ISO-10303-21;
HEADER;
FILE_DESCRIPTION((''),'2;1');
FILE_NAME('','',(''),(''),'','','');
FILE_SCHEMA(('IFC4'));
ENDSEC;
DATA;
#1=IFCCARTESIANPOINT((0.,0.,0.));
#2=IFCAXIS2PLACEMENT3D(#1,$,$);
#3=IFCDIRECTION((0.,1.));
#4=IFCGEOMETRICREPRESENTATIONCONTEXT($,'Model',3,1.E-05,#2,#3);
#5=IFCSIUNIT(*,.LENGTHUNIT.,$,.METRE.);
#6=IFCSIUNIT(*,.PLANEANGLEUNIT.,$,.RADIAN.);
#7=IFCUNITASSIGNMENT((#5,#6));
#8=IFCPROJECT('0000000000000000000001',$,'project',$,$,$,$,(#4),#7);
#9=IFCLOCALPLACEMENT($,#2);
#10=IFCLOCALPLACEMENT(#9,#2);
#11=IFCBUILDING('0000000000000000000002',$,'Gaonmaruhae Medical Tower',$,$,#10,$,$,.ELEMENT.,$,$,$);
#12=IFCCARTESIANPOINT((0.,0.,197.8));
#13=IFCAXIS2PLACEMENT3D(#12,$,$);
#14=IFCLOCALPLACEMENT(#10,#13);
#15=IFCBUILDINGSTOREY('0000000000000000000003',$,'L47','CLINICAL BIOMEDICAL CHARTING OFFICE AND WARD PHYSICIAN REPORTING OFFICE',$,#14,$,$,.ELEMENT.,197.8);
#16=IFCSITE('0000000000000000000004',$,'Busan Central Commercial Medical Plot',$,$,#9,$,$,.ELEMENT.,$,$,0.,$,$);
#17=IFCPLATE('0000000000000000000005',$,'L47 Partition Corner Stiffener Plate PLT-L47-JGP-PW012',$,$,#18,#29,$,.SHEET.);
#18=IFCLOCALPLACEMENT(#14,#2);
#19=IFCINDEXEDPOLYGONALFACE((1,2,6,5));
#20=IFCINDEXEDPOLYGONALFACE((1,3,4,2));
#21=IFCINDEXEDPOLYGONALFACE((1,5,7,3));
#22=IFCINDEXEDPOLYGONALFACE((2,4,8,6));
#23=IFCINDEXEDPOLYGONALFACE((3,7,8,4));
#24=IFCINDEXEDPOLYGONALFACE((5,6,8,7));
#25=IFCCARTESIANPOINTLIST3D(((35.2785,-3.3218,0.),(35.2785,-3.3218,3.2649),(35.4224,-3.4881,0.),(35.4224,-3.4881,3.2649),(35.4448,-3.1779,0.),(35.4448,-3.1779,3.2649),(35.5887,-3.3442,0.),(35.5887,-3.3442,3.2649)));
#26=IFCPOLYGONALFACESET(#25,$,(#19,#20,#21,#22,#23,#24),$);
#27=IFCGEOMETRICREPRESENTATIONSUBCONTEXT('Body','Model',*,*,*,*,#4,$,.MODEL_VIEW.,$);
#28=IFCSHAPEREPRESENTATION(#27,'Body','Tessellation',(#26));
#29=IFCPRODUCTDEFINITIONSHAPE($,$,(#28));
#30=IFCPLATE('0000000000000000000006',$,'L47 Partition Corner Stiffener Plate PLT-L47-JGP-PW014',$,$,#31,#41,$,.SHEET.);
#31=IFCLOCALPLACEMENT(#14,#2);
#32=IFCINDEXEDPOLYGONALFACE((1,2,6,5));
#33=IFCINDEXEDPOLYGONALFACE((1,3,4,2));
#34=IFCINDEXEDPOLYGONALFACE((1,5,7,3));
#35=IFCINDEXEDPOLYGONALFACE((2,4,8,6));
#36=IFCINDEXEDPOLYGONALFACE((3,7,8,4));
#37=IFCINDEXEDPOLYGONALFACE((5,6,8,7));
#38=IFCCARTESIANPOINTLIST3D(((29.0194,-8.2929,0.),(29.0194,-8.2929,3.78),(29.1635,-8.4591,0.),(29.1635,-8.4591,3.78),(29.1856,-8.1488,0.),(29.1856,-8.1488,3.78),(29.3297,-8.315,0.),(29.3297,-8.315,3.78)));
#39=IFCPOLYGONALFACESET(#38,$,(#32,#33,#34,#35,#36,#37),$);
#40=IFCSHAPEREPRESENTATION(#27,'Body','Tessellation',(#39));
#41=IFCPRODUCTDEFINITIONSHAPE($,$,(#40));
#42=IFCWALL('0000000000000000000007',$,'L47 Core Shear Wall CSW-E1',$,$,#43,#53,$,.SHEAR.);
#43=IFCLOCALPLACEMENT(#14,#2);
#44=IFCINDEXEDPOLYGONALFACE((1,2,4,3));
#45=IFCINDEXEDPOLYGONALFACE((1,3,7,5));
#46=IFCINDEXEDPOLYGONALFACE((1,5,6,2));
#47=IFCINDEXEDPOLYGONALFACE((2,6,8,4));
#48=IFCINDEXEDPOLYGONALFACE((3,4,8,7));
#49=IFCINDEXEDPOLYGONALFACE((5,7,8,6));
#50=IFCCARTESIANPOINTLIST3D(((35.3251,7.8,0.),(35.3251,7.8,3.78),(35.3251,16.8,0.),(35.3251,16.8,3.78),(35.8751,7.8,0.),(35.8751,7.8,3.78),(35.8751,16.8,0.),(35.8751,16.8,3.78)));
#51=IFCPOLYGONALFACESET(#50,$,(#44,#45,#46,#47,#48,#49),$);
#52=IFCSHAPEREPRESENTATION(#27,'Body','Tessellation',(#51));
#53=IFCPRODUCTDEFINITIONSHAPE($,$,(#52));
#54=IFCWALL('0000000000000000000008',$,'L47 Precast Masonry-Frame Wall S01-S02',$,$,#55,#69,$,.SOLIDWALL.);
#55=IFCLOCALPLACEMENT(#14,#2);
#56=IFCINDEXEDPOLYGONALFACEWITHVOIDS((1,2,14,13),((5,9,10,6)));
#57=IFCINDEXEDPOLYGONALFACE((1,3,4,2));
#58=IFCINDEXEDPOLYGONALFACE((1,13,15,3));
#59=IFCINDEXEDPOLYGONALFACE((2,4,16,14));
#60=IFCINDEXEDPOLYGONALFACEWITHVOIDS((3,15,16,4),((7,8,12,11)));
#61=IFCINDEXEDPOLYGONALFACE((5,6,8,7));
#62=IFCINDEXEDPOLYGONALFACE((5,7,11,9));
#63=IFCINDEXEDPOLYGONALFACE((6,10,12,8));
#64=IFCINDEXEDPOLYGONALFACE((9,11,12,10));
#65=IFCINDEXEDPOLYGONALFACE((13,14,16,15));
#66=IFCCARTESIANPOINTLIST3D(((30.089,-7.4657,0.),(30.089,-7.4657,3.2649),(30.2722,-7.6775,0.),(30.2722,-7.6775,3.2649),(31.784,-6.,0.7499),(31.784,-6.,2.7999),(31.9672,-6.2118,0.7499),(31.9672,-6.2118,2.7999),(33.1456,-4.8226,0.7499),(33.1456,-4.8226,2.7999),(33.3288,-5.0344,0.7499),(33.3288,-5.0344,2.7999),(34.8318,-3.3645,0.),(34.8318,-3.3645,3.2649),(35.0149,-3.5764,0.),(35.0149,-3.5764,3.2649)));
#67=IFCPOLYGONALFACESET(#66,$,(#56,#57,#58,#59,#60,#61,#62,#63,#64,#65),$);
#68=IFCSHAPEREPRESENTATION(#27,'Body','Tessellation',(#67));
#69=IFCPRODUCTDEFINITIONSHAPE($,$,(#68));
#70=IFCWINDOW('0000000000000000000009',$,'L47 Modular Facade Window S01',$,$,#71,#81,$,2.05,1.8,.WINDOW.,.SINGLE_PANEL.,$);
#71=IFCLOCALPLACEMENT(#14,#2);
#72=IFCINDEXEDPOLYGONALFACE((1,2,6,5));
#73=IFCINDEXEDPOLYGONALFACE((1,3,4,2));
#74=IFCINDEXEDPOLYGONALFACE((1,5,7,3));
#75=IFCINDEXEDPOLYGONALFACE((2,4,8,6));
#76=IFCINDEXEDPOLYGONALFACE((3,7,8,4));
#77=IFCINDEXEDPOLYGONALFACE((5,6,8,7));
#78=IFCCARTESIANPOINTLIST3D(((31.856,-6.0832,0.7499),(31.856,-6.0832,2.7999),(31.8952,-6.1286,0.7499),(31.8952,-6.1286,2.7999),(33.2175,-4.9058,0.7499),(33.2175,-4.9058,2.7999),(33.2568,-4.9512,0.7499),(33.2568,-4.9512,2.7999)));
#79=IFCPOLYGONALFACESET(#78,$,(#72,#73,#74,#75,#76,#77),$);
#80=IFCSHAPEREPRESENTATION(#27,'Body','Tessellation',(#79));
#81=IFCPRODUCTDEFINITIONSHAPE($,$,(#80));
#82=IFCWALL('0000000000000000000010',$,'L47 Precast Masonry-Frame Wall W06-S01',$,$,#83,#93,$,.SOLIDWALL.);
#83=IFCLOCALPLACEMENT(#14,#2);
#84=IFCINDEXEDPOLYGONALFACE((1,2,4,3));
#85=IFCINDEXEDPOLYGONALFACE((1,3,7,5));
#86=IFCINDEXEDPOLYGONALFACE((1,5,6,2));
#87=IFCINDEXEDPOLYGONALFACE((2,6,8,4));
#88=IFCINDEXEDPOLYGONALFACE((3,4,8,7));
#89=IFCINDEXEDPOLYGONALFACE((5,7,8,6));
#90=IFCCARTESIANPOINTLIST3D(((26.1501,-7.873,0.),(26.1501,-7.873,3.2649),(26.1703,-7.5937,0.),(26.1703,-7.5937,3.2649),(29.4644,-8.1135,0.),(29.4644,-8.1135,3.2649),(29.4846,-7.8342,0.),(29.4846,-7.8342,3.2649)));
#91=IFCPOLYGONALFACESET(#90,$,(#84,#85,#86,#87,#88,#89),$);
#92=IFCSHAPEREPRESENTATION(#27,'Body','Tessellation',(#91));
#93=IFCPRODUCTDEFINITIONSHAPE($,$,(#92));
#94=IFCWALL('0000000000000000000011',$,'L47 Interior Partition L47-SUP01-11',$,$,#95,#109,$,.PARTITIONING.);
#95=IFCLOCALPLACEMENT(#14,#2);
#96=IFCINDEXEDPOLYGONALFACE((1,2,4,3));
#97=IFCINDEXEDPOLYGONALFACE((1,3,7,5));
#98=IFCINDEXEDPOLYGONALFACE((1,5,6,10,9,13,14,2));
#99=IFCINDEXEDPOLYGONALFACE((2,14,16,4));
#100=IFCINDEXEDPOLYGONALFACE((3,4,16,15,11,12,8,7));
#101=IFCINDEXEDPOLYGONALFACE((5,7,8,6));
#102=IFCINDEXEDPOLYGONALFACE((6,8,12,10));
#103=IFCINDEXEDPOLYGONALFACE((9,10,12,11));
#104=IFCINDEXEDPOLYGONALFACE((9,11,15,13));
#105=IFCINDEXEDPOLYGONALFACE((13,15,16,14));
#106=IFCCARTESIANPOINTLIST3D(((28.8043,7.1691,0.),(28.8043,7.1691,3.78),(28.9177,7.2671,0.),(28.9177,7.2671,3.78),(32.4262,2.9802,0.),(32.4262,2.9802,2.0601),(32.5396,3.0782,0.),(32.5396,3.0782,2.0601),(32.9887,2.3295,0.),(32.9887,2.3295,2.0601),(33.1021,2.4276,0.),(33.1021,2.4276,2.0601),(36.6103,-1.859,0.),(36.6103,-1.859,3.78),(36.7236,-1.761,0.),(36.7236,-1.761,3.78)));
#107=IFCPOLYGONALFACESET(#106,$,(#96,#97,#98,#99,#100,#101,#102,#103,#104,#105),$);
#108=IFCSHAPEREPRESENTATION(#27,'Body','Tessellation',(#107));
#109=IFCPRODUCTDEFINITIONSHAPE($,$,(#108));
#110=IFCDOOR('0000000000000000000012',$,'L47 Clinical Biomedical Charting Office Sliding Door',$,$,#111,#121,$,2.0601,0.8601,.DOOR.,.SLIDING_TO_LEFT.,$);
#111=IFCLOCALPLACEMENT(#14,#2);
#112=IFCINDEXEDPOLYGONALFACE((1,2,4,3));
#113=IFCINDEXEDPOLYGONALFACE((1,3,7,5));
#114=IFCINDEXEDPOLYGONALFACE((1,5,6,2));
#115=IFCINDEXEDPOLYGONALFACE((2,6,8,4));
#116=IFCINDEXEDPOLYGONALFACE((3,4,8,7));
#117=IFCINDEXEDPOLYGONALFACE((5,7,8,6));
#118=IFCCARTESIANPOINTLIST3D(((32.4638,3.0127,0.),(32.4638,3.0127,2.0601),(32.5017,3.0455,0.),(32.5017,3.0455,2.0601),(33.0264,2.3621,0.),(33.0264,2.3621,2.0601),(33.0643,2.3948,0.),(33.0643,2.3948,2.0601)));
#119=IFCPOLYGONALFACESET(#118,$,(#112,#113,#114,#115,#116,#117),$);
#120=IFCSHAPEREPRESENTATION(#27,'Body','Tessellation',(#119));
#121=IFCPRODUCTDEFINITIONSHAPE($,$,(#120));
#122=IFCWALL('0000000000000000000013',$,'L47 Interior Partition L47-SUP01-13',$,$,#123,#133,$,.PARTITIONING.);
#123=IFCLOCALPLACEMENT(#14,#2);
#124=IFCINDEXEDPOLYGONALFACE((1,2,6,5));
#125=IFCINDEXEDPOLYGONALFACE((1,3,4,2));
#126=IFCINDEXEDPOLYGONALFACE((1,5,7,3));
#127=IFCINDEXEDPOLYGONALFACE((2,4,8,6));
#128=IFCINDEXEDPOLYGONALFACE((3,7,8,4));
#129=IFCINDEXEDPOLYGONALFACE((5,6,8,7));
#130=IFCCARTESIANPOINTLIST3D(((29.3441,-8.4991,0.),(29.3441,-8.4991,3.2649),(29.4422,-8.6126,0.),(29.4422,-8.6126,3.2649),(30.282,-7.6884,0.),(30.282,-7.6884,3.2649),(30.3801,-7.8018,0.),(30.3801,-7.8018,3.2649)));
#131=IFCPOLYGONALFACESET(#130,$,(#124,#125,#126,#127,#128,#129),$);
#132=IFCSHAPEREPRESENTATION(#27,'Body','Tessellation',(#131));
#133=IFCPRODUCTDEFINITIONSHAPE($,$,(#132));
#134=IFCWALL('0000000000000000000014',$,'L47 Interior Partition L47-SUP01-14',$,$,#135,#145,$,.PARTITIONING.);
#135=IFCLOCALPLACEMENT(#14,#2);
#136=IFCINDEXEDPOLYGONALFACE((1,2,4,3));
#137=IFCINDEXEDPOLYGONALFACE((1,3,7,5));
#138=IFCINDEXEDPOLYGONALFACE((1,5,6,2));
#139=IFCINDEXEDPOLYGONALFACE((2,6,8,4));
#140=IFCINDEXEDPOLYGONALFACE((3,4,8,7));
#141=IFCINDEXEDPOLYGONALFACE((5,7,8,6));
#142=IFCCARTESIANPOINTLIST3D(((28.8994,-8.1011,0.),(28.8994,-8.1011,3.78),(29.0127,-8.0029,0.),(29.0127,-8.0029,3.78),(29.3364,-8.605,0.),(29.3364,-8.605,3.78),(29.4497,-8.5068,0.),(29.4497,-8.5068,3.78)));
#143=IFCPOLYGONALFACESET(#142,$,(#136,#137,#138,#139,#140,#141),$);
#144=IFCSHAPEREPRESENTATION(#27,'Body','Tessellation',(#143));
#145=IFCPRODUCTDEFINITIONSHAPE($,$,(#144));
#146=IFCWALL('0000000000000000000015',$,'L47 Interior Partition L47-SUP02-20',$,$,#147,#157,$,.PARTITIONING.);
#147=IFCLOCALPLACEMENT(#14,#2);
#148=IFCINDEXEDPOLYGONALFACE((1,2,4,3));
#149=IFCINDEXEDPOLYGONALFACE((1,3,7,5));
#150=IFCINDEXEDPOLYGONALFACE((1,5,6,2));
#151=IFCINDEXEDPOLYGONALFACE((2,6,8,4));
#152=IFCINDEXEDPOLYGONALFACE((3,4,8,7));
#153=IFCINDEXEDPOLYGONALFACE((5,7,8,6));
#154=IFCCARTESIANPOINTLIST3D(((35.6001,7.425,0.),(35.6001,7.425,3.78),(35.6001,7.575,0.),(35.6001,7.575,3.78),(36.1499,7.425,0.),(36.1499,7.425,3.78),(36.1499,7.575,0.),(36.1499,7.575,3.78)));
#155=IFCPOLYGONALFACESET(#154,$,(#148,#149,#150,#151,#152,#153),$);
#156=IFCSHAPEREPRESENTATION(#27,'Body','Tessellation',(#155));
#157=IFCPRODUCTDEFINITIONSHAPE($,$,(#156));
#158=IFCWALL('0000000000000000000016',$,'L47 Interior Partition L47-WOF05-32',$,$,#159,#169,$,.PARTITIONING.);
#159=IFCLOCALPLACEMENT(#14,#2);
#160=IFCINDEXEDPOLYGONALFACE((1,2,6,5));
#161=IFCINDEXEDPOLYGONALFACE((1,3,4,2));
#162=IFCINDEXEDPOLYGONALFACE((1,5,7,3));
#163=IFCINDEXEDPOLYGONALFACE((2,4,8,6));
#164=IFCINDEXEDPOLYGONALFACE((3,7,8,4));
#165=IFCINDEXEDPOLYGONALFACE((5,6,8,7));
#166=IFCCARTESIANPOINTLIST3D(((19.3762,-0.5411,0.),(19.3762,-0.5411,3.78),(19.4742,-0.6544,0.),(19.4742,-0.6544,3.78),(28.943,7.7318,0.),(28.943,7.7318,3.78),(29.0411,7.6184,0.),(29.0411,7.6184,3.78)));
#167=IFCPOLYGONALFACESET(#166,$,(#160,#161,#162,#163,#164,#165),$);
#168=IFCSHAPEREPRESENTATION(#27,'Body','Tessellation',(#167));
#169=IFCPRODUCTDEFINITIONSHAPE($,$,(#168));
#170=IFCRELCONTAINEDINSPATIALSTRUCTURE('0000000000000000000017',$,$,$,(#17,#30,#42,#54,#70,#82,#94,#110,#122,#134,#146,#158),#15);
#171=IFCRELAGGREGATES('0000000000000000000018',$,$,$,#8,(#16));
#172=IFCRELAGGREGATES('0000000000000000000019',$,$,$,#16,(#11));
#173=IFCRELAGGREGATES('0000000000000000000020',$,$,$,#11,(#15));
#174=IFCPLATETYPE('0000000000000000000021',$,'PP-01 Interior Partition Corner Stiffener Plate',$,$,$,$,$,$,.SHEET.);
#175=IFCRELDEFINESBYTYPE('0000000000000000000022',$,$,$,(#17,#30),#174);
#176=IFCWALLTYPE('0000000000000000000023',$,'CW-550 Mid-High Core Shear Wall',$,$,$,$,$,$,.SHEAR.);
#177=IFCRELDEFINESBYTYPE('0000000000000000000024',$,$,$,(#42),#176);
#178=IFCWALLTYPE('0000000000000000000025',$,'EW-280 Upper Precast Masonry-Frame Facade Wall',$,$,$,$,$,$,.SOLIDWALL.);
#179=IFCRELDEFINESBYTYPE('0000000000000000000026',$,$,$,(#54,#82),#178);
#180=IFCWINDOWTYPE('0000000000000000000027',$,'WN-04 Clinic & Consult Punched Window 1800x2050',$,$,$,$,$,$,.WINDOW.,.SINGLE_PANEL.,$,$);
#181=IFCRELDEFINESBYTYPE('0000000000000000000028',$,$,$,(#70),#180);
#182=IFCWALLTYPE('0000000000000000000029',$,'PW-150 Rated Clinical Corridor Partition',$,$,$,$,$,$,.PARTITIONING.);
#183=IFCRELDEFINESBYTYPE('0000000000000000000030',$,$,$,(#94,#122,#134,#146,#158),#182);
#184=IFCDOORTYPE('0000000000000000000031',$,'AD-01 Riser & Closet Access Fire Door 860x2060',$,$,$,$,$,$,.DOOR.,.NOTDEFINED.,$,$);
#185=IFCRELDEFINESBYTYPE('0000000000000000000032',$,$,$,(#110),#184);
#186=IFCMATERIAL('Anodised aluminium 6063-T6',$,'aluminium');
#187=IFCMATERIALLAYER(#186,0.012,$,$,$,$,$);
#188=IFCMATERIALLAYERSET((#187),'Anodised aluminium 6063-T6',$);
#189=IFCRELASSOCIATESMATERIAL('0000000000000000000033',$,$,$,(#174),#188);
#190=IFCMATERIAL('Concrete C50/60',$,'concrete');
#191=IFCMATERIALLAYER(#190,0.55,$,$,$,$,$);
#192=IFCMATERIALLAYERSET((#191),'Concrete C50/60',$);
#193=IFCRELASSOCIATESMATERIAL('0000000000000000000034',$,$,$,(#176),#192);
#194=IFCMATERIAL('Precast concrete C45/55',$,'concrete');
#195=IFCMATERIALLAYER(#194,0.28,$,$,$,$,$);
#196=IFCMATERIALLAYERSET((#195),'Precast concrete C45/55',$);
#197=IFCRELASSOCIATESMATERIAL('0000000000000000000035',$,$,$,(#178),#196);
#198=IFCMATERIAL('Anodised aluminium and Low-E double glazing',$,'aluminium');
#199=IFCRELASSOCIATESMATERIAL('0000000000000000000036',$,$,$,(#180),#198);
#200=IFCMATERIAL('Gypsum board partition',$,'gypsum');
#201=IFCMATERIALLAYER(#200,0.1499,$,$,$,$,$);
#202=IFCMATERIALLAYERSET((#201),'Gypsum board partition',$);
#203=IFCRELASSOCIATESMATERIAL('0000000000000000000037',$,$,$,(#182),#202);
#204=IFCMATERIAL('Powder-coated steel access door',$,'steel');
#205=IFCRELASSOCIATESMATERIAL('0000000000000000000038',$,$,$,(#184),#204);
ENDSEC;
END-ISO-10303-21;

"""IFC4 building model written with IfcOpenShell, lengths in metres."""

from ifc_helpers import new_model, si_unit, direction, frame, frame_2d, origin, origin_2d, place, context, subcontext, project, spatial, rectangle, extrude, material, layer, layer_set, type_object, element, fill, save


model = new_model("IFC4")

# Units and contexts
model_context = context("Model", 3, precision=1e-05, world=origin(), true_north=direction((0.0, 1.0)))
body_context = subcontext(model_context, "Body", "Model", "MODEL_VIEW")
ifc_project = project(units=[si_unit("LENGTHUNIT", "METRE"), si_unit("PLANEANGLEUNIT", "RADIAN")], contexts=[model_context])

# Site, building, storey
site_placement = place(None, origin())
site = spatial("IfcSite", under=ifc_project, at=site_placement, Name="Busan Central Commercial Medical Plot", CompositionType="ELEMENT", RefElevation=0.0)
building_placement = place(site_placement, origin())
building = spatial("IfcBuilding", under=site, at=building_placement, Name="Gaonmaruhae Medical Tower", CompositionType="ELEMENT")
storey_placement = place(building_placement, frame((0.0, 0.0, 197.8)))
storey = spatial("IfcBuildingStorey", under=building, at=storey_placement, Name="L47", Description="CLINICAL BIOMEDICAL CHARTING OFFICE AND WARD PHYSICIAN REPORTING OFFICE", CompositionType="ELEMENT", Elevation=197.8)

# Shared definitions
ifc_material_1 = material(Name="Concrete C50/60", Category="concrete")

# Plates
ifc_material_2 = material(Name="Anodised aluminium 6063-T6", Category="aluminium")
ifc_layer_1 = layer(ifc_material_2, 0.012)
ifc_layer_set_1 = layer_set([ifc_layer_1], Name="Anodised aluminium 6063-T6")
plate_type = type_object("IfcPlateType", Name="PP-01 Interior Partition Corner Stiffener Plate", PredefinedType="SHEET", material=ifc_layer_set_1)
plate_1_placement = place(storey_placement, frame((35.4336, -3.333, 0.0), z_axis=(0.0, 0.0, 1.0), x_axis=(-0.756276, -0.654253, 0.0)))
element("IfcPlate", 1, at=plate_1_placement, inside=storey, type_object=plate_type, Name="L47 Partition Corner Stiffener Plate PLT-L47-JGP-PW012", PredefinedType="SHEET", context=body_context, shape_type="SweptSolid", body=[
    extrude(rectangle(XDim=0.22, YDim=0.22, at=origin_2d()), origin(), (0.0, 0.0, 1.0), 3.2649),
])
plate_2_placement = place(storey_placement, frame((29.1746, -8.304, 0.0), z_axis=(0.0, 0.0, 1.0), x_axis=(-0.655097, 0.755545, 0.0)))
element("IfcPlate", 2, at=plate_2_placement, inside=storey, type_object=plate_type, Name="L47 Partition Corner Stiffener Plate PLT-L47-JGP-PW014", PredefinedType="SHEET", context=body_context, shape_type="SweptSolid", body=[
    extrude(rectangle(XDim=0.22, YDim=0.22, at=origin_2d()), origin(), (0.0, 0.0, 1.0), 3.78),
])

# Wall
ifc_layer_2 = layer(ifc_material_1, 0.55)
ifc_layer_set_2 = layer_set([ifc_layer_2], Name="Concrete C50/60")
wall_type_1 = type_object("IfcWallType", Name="CW-550 Mid-High Core Shear Wall", PredefinedType="SHEAR", material=ifc_layer_set_2)
wall_1_placement = place(storey_placement, frame((35.6001, 7.8, 0.0), z_axis=(0.0, 0.0, 1.0), x_axis=(0.0, 1.0, 0.0)))
element("IfcWall", 3, at=wall_1_placement, inside=storey, type_object=wall_type_1, Name="L47 Core Shear Wall CSW-E1", PredefinedType="SHEAR", context=body_context, shape_type="SweptSolid", body=[
    extrude(rectangle(XDim=9.0, YDim=0.55, at=frame_2d((4.5, 0.0))), origin(), (0.0, 0.0, 1.0), 3.78),
])

# Wall, opening, window
ifc_material_3 = material(Name="Precast concrete C45/55", Category="concrete")
ifc_layer_3 = layer(ifc_material_3, 0.28)
ifc_layer_set_3 = layer_set([ifc_layer_3], Name="Precast concrete C45/55")
wall_type_2 = type_object("IfcWallType", Name="EW-280 Upper Precast Masonry-Frame Facade Wall", PredefinedType="SOLIDWALL", material=ifc_layer_set_3)
wall_2_placement = place(storey_placement, frame((34.9233, -3.4705, 0.0), z_axis=(0.0, 0.0, 1.0), x_axis=(-0.756418, -0.654088, 0.0)))
wall_2 = element("IfcWall", 4, at=wall_2_placement, inside=storey, type_object=wall_type_2, Name="L47 Precast Masonry-Frame Wall S01-S02", PredefinedType="SOLIDWALL", context=body_context, shape_type="SweptSolid", body=[
    extrude(rectangle(XDim=6.27, YDim=0.28, at=frame_2d((3.135, 0.0))), origin(), (0.0, 0.0, 1.0), 3.2649),
])
opening_1_placement = place(wall_2_placement, frame((2.2292, 0.0, 0.75)))
opening_1 = element("IfcOpeningElement", 5, at=opening_1_placement, cuts=wall_2, PredefinedType="OPENING", context=body_context, shape_type="SweptSolid", body=[
    extrude(rectangle(XDim=1.8, YDim=2.05, at=frame_2d((0.8999, 1.0249))), frame((0.0, 0.1499, 0.0), z_axis=(0.0, -1.0, 0.0), x_axis=(1.0, 0.0, 0.0)), (0.0, 0.0, 1.0), 0.3),
])
ifc_material_4 = material(Name="Anodised aluminium and Low-E double glazing", Category="aluminium")
window_type = type_object("IfcWindowType", Name="WN-04 Clinic & Consult Punched Window 1800x2050", PartitioningType="SINGLE_PANEL", PredefinedType="WINDOW", material=ifc_material_4)
window_placement = place(opening_1_placement, origin())
window = element("IfcWindow", 6, at=window_placement, inside=storey, type_object=window_type, Name="L47 Modular Facade Window S01", OverallHeight=2.05, OverallWidth=1.8, PartitioningType="SINGLE_PANEL", PredefinedType="WINDOW", context=body_context, shape_type="SweptSolid", body=[
    extrude(rectangle(XDim=1.8, YDim=2.05, at=frame_2d((0.8999, 1.0249))), frame((0.0, 0.03, 0.0), z_axis=(0.0, -1.0, 0.0), x_axis=(1.0, 0.0, 0.0)), (0.0, 0.0, 1.0), 0.0601),
])
fill(opening_1, window)

# Wall
wall_3_placement = place(storey_placement, frame((29.4746, -7.9739, 0.0), z_axis=(0.0, 0.0, 1.0), x_axis=(-0.997378, 0.07237, 0.0)))
element("IfcWall", 7, at=wall_3_placement, inside=storey, type_object=wall_type_2, Name="L47 Precast Masonry-Frame Wall W06-S01", PredefinedType="SOLIDWALL", context=body_context, shape_type="SweptSolid", body=[
    extrude(rectangle(XDim=3.323, YDim=0.28, at=frame_2d((1.6616, 0.0))), origin(), (0.0, 0.0, 1.0), 3.2649),
])

# Wall, opening, door
ifc_material_5 = material(Name="Gypsum board partition", Category="gypsum")
ifc_layer_4 = layer(ifc_material_5, 0.1499)
ifc_layer_set_4 = layer_set([ifc_layer_4], Name="Gypsum board partition")
wall_type_3 = type_object("IfcWallType", Name="PW-150 Rated Clinical Corridor Partition", PredefinedType="PARTITIONING", material=ifc_layer_set_4)
wall_4_placement = place(storey_placement, frame((28.8611, 7.218, 0.0), z_axis=(0.0, 0.0, 1.0), x_axis=(0.654048, -0.756453, 0.0)))
wall_4 = element("IfcWall", 8, at=wall_4_placement, inside=storey, type_object=wall_type_3, Name="L47 Interior Partition L47-SUP01-11", PredefinedType="PARTITIONING", context=body_context, shape_type="SweptSolid", body=[
    extrude(rectangle(XDim=11.9348, YDim=0.1499, at=frame_2d((5.9673, 0.0))), origin(), (0.0, 0.0, 1.0), 3.78),
])
opening_2_placement = place(wall_4_placement, frame((5.5374, 0.0, 0.0)))
opening_2 = element("IfcOpeningElement", 9, at=opening_2_placement, cuts=wall_4, PredefinedType="OPENING", context=body_context, shape_type="SweptSolid", body=[
    extrude(rectangle(XDim=0.8601, YDim=2.0601, at=frame_2d((0.4302, 1.03))), frame((0.0, 0.085, 0.0), z_axis=(0.0, -1.0, 0.0), x_axis=(1.0, 0.0, 0.0)), (0.0, 0.0, 1.0), 0.1699),
])
ifc_material_6 = material(Name="Powder-coated steel access door", Category="steel")
door_type = type_object("IfcDoorType", Name="AD-01 Riser & Closet Access Fire Door 860x2060", OperationType="NOTDEFINED", PredefinedType="DOOR", material=ifc_material_6)
door_placement = place(opening_2_placement, origin())
door = element("IfcDoor", 10, at=door_placement, inside=storey, type_object=door_type, Name="L47 Clinical Biomedical Charting Office Sliding Door", OperationType="SLIDING_TO_LEFT", OverallHeight=2.0601, OverallWidth=0.8601, PredefinedType="DOOR", context=body_context, shape_type="SweptSolid", body=[
    extrude(rectangle(XDim=0.8601, YDim=2.0601, at=frame_2d((0.4302, 1.03))), frame((0.0, 0.0249, 0.0), z_axis=(0.0, -1.0, 0.0), x_axis=(1.0, 0.0, 0.0)), (0.0, 0.0, 1.0), 0.05),
])
fill(opening_2, door)

# Walls
wall_5_placement = place(storey_placement, frame((30.3311, -7.7451, 0.0), z_axis=(0.0, 0.0, 1.0), x_axis=(-0.75654, -0.653948, 0.0)))
element("IfcWall", 11, at=wall_5_placement, inside=storey, type_object=wall_type_3, Name="L47 Interior Partition L47-SUP01-13", PredefinedType="PARTITIONING", context=body_context, shape_type="SweptSolid", body=[
    extrude(rectangle(XDim=1.2397, YDim=0.1499, at=frame_2d((0.6199, 0.0))), origin(), (0.0, 0.0, 1.0), 3.2649),
])
wall_6_placement = place(storey_placement, frame((29.3931, -8.5559, 0.0), z_axis=(0.0, 0.0, 1.0), x_axis=(-0.655181, 0.755472, 0.0)))
element("IfcWall", 12, at=wall_6_placement, inside=storey, type_object=wall_type_3, Name="L47 Interior Partition L47-SUP01-14", PredefinedType="PARTITIONING", context=body_context, shape_type="SweptSolid", body=[
    extrude(rectangle(XDim=0.667, YDim=0.1499, at=frame_2d((0.3335, 0.0))), origin(), (0.0, 0.0, 1.0), 3.78),
])
wall_7_placement = place(storey_placement, frame((35.6001, 7.5, 0.0), z_axis=(0.0, 0.0, 1.0), x_axis=(1.0, 0.0, 0.0)))
element("IfcWall", 13, at=wall_7_placement, inside=storey, type_object=wall_type_3, Name="L47 Interior Partition L47-SUP02-20", PredefinedType="PARTITIONING", context=body_context, shape_type="SweptSolid", body=[
    extrude(rectangle(XDim=0.5498, YDim=0.1499, at=frame_2d((0.2749, 0.0))), origin(), (0.0, 0.0, 1.0), 3.78),
])
wall_8_placement = place(storey_placement, frame((28.9919, 7.675, 0.0), z_axis=(0.0, 0.0, 1.0), x_axis=(-0.756407, -0.654101, 0.0)))
element("IfcWall", 14, at=wall_8_placement, inside=storey, type_object=wall_type_3, Name="L47 Interior Partition L47-WOF05-32", PredefinedType="PARTITIONING", context=body_context, shape_type="SweptSolid", body=[
    extrude(rectangle(XDim=12.6477, YDim=0.1499, at=frame_2d((6.3237, 0.0))), origin(), (0.0, 0.0, 1.0), 3.78),
])

save(model, "model.ifc")
